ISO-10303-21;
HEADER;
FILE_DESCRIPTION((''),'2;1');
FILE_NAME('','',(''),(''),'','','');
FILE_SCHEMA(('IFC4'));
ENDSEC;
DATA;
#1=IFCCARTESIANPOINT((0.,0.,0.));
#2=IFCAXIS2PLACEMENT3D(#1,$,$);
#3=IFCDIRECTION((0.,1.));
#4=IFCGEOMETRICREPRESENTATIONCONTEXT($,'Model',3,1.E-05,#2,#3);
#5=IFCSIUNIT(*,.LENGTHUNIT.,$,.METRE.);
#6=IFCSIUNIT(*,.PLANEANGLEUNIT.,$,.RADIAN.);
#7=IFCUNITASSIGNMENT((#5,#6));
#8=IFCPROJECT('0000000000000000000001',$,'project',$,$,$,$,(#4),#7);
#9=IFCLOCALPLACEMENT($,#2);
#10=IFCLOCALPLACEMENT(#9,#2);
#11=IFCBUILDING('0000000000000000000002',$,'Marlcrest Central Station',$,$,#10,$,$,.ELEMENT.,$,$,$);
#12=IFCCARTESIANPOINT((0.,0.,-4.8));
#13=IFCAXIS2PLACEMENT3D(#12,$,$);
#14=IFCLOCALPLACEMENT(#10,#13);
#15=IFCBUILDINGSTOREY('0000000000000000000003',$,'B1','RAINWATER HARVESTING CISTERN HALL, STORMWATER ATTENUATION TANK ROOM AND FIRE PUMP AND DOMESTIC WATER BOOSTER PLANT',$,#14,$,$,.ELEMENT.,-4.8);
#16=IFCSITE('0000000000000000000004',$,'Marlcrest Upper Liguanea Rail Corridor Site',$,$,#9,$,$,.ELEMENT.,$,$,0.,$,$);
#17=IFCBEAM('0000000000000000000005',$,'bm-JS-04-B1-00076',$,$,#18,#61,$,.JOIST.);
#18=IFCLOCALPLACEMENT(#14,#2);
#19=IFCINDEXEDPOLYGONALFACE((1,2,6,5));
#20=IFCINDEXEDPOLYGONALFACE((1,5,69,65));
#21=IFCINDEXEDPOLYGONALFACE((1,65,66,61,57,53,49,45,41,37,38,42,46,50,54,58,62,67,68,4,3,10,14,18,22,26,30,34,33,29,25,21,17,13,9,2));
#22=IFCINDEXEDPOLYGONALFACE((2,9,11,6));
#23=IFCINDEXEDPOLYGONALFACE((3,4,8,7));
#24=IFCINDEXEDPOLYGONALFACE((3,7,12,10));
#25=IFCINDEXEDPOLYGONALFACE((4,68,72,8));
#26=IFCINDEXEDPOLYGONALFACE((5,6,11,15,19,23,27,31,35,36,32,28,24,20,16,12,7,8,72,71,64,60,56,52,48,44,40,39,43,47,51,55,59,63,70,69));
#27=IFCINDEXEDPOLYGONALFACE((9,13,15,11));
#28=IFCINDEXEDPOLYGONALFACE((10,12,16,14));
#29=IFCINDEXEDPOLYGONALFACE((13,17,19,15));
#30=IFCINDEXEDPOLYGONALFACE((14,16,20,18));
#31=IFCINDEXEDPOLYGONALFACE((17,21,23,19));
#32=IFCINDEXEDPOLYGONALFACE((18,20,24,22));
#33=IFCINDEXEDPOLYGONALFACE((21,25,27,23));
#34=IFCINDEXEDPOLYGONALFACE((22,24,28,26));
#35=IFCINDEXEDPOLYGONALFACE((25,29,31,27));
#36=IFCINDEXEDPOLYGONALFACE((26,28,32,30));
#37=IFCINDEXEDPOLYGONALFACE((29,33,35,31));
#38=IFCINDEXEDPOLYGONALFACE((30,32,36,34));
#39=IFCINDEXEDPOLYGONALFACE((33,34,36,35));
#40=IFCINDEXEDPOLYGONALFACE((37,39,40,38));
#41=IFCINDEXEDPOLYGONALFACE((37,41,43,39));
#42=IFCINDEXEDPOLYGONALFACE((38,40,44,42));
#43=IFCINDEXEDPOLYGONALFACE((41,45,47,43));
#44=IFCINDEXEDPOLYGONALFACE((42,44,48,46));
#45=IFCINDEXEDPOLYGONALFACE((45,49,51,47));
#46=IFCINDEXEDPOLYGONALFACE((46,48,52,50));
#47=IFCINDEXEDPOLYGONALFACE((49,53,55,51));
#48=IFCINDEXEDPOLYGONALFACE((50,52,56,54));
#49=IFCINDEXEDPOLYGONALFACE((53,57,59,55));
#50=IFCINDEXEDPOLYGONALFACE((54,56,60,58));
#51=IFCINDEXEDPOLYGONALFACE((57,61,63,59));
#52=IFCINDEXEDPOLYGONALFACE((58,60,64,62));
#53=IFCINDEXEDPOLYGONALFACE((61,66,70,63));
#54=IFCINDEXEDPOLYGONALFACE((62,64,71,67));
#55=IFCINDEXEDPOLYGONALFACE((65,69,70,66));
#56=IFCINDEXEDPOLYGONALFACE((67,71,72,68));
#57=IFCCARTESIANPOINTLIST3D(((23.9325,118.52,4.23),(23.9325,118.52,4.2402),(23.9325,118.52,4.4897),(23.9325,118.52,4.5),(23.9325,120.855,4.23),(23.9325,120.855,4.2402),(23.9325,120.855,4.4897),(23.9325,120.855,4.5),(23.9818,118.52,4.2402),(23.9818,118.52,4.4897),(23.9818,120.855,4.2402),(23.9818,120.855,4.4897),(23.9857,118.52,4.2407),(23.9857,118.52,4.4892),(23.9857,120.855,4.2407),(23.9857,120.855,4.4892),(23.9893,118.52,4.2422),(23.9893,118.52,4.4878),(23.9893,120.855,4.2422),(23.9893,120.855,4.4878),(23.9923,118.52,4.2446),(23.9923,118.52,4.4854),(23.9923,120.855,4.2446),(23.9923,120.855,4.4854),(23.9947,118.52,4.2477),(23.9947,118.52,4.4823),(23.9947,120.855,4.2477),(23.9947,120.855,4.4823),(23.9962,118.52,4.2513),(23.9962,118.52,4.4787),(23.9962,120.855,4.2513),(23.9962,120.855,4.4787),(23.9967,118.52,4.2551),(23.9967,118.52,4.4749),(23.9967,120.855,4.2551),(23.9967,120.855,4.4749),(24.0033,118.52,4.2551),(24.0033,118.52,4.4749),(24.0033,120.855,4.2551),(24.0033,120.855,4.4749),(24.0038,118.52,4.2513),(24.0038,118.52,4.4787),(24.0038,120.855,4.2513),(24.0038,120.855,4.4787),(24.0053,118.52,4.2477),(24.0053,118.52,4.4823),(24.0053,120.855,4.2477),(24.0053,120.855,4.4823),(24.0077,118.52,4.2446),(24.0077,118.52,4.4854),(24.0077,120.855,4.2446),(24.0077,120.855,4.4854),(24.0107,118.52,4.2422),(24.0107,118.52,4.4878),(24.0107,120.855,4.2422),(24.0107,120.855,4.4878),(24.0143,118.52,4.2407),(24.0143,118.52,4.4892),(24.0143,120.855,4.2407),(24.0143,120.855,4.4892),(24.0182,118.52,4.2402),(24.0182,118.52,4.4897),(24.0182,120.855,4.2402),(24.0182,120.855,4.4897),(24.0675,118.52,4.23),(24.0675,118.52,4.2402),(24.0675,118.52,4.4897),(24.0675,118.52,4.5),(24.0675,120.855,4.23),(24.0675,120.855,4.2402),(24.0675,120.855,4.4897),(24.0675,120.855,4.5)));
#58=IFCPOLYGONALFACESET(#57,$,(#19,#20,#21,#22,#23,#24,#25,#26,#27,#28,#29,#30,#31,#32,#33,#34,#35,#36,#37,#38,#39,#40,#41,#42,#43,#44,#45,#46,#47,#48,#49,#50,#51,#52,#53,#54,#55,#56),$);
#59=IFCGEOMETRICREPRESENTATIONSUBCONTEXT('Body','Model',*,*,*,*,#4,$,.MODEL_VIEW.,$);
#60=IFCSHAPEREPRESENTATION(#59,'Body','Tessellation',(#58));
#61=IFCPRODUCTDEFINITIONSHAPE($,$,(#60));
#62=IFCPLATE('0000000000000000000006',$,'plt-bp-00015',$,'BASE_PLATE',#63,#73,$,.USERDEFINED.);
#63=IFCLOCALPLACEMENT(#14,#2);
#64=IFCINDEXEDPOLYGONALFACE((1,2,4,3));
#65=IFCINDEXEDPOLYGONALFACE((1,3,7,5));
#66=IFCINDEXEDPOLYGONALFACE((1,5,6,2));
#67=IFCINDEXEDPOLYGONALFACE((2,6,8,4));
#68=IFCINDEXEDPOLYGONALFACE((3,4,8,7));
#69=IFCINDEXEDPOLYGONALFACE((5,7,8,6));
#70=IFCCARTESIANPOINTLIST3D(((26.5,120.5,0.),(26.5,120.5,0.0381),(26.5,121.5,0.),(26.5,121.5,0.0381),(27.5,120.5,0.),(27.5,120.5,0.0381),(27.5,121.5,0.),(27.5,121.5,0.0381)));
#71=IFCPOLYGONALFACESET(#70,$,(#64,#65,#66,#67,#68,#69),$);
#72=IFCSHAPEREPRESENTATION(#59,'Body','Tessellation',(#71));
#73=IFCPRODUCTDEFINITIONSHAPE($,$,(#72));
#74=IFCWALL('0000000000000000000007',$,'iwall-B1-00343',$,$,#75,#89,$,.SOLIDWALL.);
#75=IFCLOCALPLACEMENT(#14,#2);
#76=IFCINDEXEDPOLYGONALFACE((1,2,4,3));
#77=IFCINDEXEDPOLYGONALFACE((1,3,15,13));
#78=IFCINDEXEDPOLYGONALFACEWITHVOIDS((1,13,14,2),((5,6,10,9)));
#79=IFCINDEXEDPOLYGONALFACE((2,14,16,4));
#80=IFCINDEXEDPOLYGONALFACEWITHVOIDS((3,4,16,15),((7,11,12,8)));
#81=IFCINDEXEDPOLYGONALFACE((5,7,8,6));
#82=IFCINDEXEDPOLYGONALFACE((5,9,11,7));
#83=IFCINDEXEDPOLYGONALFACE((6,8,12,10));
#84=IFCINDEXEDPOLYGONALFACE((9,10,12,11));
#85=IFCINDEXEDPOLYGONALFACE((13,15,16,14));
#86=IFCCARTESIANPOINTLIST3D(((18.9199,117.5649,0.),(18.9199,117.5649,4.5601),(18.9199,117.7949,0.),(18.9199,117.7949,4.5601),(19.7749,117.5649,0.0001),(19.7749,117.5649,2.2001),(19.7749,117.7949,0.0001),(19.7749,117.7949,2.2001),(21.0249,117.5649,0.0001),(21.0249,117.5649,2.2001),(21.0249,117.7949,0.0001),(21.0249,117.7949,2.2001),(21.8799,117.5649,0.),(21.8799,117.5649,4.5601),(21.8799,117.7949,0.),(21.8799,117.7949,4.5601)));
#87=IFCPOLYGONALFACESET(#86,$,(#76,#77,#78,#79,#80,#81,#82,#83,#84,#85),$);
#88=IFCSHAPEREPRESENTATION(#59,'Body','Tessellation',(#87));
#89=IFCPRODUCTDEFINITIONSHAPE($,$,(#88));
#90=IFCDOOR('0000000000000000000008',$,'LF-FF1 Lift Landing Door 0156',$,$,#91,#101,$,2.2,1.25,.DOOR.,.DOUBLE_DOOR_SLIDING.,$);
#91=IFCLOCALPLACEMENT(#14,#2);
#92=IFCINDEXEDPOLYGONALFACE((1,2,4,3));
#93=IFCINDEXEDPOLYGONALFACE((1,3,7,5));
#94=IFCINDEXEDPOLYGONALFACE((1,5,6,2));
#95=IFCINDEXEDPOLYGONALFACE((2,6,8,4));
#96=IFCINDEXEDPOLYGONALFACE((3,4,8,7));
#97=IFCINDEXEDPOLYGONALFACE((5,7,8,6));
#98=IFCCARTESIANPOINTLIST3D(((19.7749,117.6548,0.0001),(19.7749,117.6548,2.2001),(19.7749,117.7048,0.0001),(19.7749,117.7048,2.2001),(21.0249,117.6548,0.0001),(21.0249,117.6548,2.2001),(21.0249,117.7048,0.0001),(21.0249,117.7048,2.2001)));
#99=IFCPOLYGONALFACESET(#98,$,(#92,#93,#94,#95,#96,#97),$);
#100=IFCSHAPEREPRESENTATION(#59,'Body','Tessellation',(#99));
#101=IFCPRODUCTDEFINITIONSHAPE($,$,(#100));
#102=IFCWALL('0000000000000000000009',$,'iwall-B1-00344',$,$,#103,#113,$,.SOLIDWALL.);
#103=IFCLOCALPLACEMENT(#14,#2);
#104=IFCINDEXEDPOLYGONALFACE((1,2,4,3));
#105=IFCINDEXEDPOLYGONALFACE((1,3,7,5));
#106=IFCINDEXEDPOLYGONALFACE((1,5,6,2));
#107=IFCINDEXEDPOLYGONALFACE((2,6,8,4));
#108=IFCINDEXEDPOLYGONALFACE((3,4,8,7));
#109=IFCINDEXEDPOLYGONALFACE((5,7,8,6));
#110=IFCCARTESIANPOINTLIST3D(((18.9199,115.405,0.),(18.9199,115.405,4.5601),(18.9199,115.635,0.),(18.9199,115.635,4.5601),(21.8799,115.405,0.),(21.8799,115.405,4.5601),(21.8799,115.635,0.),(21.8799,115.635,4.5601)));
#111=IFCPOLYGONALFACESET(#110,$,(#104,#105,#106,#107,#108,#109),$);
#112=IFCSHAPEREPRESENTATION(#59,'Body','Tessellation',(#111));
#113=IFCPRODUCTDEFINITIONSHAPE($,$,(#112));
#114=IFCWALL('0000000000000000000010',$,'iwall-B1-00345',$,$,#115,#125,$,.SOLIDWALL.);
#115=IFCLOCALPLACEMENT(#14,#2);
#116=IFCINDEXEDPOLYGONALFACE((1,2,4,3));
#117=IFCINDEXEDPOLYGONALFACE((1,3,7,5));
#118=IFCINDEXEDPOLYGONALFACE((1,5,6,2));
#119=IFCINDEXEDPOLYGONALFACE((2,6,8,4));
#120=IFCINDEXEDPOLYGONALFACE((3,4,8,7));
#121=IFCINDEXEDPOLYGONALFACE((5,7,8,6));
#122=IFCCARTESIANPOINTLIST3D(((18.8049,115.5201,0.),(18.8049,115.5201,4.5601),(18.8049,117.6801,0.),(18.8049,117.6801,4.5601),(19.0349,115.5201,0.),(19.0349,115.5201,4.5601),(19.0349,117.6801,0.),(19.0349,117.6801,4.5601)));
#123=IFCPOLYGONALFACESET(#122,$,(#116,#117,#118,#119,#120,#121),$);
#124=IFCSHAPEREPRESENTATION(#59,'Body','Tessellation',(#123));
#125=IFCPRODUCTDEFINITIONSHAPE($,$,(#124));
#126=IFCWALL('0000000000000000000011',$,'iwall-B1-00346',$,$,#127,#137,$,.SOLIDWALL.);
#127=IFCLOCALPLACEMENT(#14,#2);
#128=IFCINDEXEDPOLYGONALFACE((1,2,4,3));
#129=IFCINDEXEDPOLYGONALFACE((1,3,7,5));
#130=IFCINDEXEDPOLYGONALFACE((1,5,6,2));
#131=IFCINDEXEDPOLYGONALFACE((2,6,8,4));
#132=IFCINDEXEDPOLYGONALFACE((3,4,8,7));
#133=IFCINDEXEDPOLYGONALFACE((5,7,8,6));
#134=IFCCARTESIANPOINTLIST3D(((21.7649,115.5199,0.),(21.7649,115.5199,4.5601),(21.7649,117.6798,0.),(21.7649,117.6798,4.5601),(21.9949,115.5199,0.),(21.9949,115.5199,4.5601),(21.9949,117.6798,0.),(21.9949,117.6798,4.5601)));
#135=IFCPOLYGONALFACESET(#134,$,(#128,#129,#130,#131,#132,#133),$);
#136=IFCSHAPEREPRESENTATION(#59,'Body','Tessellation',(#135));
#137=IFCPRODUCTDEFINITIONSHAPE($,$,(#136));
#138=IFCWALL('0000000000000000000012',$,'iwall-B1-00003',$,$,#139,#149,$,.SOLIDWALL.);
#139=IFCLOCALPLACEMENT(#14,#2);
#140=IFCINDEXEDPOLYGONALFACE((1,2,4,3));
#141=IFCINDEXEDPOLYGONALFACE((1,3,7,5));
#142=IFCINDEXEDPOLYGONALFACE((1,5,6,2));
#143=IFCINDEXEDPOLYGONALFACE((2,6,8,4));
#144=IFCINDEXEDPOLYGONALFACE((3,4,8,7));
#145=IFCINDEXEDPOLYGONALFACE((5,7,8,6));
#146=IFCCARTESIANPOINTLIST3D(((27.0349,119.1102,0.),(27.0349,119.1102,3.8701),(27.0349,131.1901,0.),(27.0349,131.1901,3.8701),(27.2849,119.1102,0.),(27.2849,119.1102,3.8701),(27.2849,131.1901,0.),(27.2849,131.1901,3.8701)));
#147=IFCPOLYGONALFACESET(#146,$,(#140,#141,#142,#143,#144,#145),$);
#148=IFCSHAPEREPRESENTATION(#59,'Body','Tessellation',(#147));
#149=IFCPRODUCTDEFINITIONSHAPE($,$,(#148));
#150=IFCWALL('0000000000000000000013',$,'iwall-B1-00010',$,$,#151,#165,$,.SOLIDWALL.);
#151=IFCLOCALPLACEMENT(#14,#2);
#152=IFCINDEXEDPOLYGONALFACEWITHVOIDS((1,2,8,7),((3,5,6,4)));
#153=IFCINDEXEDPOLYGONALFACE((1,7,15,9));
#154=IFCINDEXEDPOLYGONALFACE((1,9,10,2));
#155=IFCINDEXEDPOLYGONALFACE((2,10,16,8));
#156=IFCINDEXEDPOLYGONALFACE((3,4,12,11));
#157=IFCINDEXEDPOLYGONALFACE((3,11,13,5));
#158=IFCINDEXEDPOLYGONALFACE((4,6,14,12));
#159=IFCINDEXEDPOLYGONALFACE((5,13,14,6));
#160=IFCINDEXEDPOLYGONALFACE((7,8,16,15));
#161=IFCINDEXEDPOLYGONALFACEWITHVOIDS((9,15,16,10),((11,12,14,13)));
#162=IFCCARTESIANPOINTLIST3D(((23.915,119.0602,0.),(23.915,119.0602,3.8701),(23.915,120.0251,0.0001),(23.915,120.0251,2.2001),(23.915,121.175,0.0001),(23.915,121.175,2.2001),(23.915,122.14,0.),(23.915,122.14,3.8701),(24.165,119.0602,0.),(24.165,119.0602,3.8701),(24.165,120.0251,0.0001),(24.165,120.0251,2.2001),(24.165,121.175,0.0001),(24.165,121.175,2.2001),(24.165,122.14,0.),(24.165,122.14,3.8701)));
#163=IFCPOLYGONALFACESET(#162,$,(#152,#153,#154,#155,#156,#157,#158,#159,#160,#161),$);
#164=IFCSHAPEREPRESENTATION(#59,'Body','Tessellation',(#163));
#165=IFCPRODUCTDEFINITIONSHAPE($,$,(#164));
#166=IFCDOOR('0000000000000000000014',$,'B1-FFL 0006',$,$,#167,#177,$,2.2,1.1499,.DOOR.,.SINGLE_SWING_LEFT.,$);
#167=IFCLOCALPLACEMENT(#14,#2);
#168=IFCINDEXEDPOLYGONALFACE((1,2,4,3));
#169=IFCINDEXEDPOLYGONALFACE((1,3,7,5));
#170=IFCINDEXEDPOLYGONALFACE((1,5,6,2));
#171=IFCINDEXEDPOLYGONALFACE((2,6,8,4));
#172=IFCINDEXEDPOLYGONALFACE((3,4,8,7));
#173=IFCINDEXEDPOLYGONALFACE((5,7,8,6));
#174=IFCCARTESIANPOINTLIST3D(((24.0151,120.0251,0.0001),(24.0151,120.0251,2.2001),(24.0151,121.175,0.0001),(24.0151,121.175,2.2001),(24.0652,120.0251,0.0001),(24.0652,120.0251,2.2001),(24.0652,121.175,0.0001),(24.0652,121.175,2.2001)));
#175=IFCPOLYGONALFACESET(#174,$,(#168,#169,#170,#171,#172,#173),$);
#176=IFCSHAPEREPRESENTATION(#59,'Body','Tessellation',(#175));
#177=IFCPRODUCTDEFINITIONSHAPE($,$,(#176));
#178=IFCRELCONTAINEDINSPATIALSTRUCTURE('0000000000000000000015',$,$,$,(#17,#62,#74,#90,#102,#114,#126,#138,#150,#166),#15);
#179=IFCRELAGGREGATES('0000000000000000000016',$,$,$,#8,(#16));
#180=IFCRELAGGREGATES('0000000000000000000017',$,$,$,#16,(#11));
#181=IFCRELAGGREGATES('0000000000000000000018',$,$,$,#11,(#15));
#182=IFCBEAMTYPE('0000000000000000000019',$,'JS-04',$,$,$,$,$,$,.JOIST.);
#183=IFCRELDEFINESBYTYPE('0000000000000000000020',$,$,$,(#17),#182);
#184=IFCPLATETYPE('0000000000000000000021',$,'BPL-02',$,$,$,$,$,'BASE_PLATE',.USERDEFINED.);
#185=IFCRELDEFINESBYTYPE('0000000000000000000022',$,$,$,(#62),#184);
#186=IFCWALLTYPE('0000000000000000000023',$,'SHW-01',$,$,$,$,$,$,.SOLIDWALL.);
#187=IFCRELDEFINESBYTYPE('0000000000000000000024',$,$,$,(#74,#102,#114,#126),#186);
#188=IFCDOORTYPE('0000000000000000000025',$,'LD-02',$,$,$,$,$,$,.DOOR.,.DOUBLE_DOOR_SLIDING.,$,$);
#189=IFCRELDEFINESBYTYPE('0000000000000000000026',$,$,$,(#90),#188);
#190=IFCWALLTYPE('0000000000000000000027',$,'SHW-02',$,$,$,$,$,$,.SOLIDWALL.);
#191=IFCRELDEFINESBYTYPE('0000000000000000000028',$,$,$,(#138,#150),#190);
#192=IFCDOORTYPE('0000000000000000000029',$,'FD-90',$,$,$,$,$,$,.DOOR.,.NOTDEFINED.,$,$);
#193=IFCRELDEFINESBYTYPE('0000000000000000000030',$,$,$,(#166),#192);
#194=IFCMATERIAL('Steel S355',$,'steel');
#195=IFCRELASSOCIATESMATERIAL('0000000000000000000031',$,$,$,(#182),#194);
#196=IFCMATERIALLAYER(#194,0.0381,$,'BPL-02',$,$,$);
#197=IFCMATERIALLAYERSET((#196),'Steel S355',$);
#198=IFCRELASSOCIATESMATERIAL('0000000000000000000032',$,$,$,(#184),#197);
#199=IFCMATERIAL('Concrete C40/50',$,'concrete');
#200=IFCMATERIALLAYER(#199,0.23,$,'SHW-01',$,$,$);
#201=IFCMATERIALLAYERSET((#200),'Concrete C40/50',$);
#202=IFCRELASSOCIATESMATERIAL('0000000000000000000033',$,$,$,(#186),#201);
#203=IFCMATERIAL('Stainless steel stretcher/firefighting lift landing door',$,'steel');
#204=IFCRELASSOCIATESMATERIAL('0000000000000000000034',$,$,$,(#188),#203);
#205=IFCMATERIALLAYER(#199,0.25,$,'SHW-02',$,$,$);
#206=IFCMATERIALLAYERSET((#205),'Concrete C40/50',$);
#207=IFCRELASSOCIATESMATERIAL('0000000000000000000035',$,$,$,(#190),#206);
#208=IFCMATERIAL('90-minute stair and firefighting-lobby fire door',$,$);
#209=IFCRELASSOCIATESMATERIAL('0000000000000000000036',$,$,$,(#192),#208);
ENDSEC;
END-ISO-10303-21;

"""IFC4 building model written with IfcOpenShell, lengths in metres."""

from ifc_helpers import new_model, si_unit, direction, frame, frame_2d, origin, origin_2d, place, context, subcontext, project, spatial, rectangle, i_section, extrude, material, layer, layer_set, material_profile, profile_set, type_object, element, fill, save


model = new_model("IFC4")

# Units and contexts
model_context = context("Model", 3, precision=1e-05, world=origin(), true_north=direction((0.0, 1.0)))
body_context = subcontext(model_context, "Body", "Model", "MODEL_VIEW")
ifc_project = project(units=[si_unit("LENGTHUNIT", "METRE"), si_unit("PLANEANGLEUNIT", "RADIAN")], contexts=[model_context])

# Site, building, storey
site_placement = place(None, origin())
site = spatial("IfcSite", under=ifc_project, at=site_placement, Name="Marlcrest Upper Liguanea Rail Corridor Site", CompositionType="ELEMENT", RefElevation=0.0)
building_placement = place(site_placement, origin())
building = spatial("IfcBuilding", under=site, at=building_placement, Name="Marlcrest Central Station", CompositionType="ELEMENT")
storey_placement = place(building_placement, frame((0.0, 0.0, -4.8)))
storey = spatial("IfcBuildingStorey", under=building, at=storey_placement, Name="B1", Description="RAINWATER HARVESTING CISTERN HALL, STORMWATER ATTENUATION TANK ROOM AND FIRE PUMP AND DOMESTIC WATER BOOSTER PLANT", CompositionType="ELEMENT", Elevation=-4.8)

# Shared definitions
ifc_material_1 = material(Name="Concrete C40/50", Category="concrete")

# Shared definitions
ifc_material_2 = material(Name="Steel S355", Category="steel")

# Beam
ifc_material_profile_1 = material_profile(ifc_material_2, i_section(OverallWidth=0.135, OverallDepth=0.27, WebThickness=0.0066, FlangeThickness=0.0103, FilletRadius=0.0149, at=origin_2d()), Name="IPE 270")
ifc_profile_set_1 = profile_set([ifc_material_profile_1], Name="Steel S355")
beam_type_1 = type_object("IfcBeamType", Name="JS-04", PredefinedType="JOIST", material=ifc_profile_set_1)
for number, where, z_axis, x_axis, name in (
    (1, (24.0, 118.52, 4.365), (0.0, 1.0, 0.0), (-1.0, 0.0, 0.0), "bm-JS-04-B1-00076"),
):
    element("IfcBeam", number, at=place(storey_placement, frame(where, z_axis=z_axis, x_axis=x_axis)), inside=storey, type_object=beam_type_1, Name=name, PredefinedType="JOIST", context=body_context, shape_type="SweptSolid", body=[
        extrude(i_section(OverallWidth=0.135, OverallDepth=0.27, WebThickness=0.0066, FlangeThickness=0.0103, FilletRadius=0.0149, at=origin_2d()), origin(), (0.0, 0.0, 1.0), 2.335),
    ])

# Plate
ifc_layer_1 = layer(ifc_material_2, 0.0381, Name="BPL-02")
ifc_layer_set_1 = layer_set([ifc_layer_1], Name="Steel S355")
plate_type = type_object("IfcPlateType", Name="BPL-02", ElementType="BASE_PLATE", PredefinedType="USERDEFINED", material=ifc_layer_set_1)
plate_placement = place(storey_placement, frame((27.0, 121.0, 0.0), z_axis=(0.0, 0.0, 1.0), x_axis=(1.0, 0.0, 0.0)))
element("IfcPlate", 2, at=plate_placement, inside=storey, type_object=plate_type, Name="plt-bp-00015", ObjectType="BASE_PLATE", PredefinedType="USERDEFINED", context=body_context, shape_type="SweptSolid", body=[
    extrude(rectangle(XDim=1.0, YDim=1.0, at=origin_2d()), origin(), (0.0, 0.0, 1.0), 0.0381),
])

# Wall, opening, door
ifc_layer_2 = layer(ifc_material_1, 0.23, Name="SHW-01")
ifc_layer_set_2 = layer_set([ifc_layer_2], Name="Concrete C40/50")
wall_type_1 = type_object("IfcWallType", Name="SHW-01", PredefinedType="SOLIDWALL", material=ifc_layer_set_2)
wall_1_placement = place(storey_placement, frame((18.9199, 117.6799, 0.0), z_axis=(0.0, 0.0, 1.0), x_axis=(1.0, 0.0, 0.0)))
wall_1 = element("IfcWall", 3, at=wall_1_placement, inside=storey, type_object=wall_type_1, Name="iwall-B1-00343", PredefinedType="SOLIDWALL", context=body_context, shape_type="SweptSolid", body=[
    extrude(rectangle(XDim=2.96, YDim=0.23, at=frame_2d((1.48, 0.0))), origin(), (0.0, 0.0, 1.0), 4.5601),
])
opening_1_placement = place(wall_1_placement, frame((0.855, 0.0, 0.0)))
opening_1 = element("IfcOpeningElement", 4, at=opening_1_placement, cuts=wall_1, PredefinedType="OPENING", context=body_context, shape_type="SweptSolid", body=[
    extrude(rectangle(XDim=1.25, YDim=2.2, at=frame_2d((0.625, 1.1001))), frame((0.0, 0.125, 0.0), z_axis=(0.0, -1.0, 0.0), x_axis=(1.0, 0.0, 0.0)), (0.0, 0.0, 1.0), 0.25),
])
ifc_material_3 = material(Name="Stainless steel stretcher/firefighting lift landing door", Category="steel")
door_type_1 = type_object("IfcDoorType", Name="LD-02", OperationType="DOUBLE_DOOR_SLIDING", PredefinedType="DOOR", material=ifc_material_3)
door_1_placement = place(opening_1_placement, origin())
door_1 = element("IfcDoor", 5, at=door_1_placement, inside=storey, type_object=door_type_1, Name="LF-FF1 Lift Landing Door 0156", OperationType="DOUBLE_DOOR_SLIDING", OverallHeight=2.2, OverallWidth=1.25, PredefinedType="DOOR", context=body_context, shape_type="SweptSolid", body=[
    extrude(rectangle(XDim=1.25, YDim=2.2, at=frame_2d((0.625, 1.1001))), frame((0.0, 0.0249, 0.0), z_axis=(0.0, -1.0, 0.0), x_axis=(1.0, 0.0, 0.0)), (0.0, 0.0, 1.0), 0.05),
])
fill(opening_1, door_1)

# Walls
wall_2_placement = place(storey_placement, frame((21.8799, 115.52, 0.0), z_axis=(0.0, 0.0, 1.0), x_axis=(-1.0, 0.0, 0.0)))
element("IfcWall", 6, at=wall_2_placement, inside=storey, type_object=wall_type_1, Name="iwall-B1-00344", PredefinedType="SOLIDWALL", context=body_context, shape_type="SweptSolid", body=[
    extrude(rectangle(XDim=2.96, YDim=0.23, at=frame_2d((1.48, 0.0))), origin(), (0.0, 0.0, 1.0), 4.5601),
])
for number, where, z_axis, x_axis, name in (
    (7, (18.9199, 115.52, 0.0), (0.0, 0.0, 1.0), (0.0, 1.0, 0.0), "iwall-B1-00345"),
    (8, (21.8799, 117.6799, 0.0), (0.0, 0.0, 1.0), (0.0, -1.0, 0.0), "iwall-B1-00346"),
):
    element("IfcWall", number, at=place(storey_placement, frame(where, z_axis=z_axis, x_axis=x_axis)), inside=storey, type_object=wall_type_1, Name=name, PredefinedType="SOLIDWALL", context=body_context, shape_type="SweptSolid", body=[
        extrude(rectangle(XDim=2.1599, YDim=0.23, at=frame_2d((1.0801, 0.0))), origin(), (0.0, 0.0, 1.0), 4.5601),
    ])
ifc_layer_3 = layer(ifc_material_1, 0.25, Name="SHW-02")
ifc_layer_set_3 = layer_set([ifc_layer_3], Name="Concrete C40/50")
wall_type_2 = type_object("IfcWallType", Name="SHW-02", PredefinedType="SOLIDWALL", material=ifc_layer_set_3)
wall_3_placement = place(storey_placement, frame((27.1599, 119.1101, 0.0), z_axis=(0.0, 0.0, 1.0), x_axis=(0.0, 1.0, 0.0)))
element("IfcWall", 9, at=wall_3_placement, inside=storey, type_object=wall_type_2, Name="iwall-B1-00003", PredefinedType="SOLIDWALL", context=body_context, shape_type="SweptSolid", body=[
    extrude(rectangle(XDim=12.0798, YDim=0.25, at=frame_2d((6.04, 0.0))), origin(), (0.0, 0.0, 1.0), 3.8701),
])

# Wall, opening, door
wall_4_placement = place(storey_placement, frame((24.04, 119.0601, 0.0), z_axis=(0.0, 0.0, 1.0), x_axis=(0.0, 1.0, 0.0)))
wall_4 = element("IfcWall", 10, at=wall_4_placement, inside=storey, type_object=wall_type_2, Name="iwall-B1-00010", PredefinedType="SOLIDWALL", context=body_context, shape_type="SweptSolid", body=[
    extrude(rectangle(XDim=3.0798, YDim=0.25, at=frame_2d((1.54, 0.0))), origin(), (0.0, 0.0, 1.0), 3.8701),
])
opening_2_placement = place(wall_4_placement, frame((0.9651, 0.0, 0.0)))
opening_2 = element("IfcOpeningElement", 11, at=opening_2_placement, cuts=wall_4, PredefinedType="OPENING", context=body_context, shape_type="SweptSolid", body=[
    extrude(rectangle(XDim=1.1499, YDim=2.2, at=frame_2d((0.575, 1.1001))), frame((0.0, 0.135, 0.0), z_axis=(0.0, -1.0, 0.0), x_axis=(1.0, 0.0, 0.0)), (0.0, 0.0, 1.0), 0.27),
])
ifc_material_4 = material(Name="90-minute stair and firefighting-lobby fire door")
door_type_2 = type_object("IfcDoorType", Name="FD-90", OperationType="NOTDEFINED", PredefinedType="DOOR", material=ifc_material_4)
door_2_placement = place(opening_2_placement, origin())
door_2 = element("IfcDoor", 12, at=door_2_placement, inside=storey, type_object=door_type_2, Name="B1-FFL 0006", OperationType="SINGLE_SWING_LEFT", OverallHeight=2.2, OverallWidth=1.1499, PredefinedType="DOOR", context=body_context, shape_type="SweptSolid", body=[
    extrude(rectangle(XDim=1.1499, YDim=2.2, at=frame_2d((0.575, 1.1001))), frame((0.0, 0.0249, 0.0), z_axis=(0.0, -1.0, 0.0), x_axis=(1.0, 0.0, 0.0)), (0.0, 0.0, 1.0), 0.05),
])
fill(opening_2, door_2)

save(model, "model.ifc")
